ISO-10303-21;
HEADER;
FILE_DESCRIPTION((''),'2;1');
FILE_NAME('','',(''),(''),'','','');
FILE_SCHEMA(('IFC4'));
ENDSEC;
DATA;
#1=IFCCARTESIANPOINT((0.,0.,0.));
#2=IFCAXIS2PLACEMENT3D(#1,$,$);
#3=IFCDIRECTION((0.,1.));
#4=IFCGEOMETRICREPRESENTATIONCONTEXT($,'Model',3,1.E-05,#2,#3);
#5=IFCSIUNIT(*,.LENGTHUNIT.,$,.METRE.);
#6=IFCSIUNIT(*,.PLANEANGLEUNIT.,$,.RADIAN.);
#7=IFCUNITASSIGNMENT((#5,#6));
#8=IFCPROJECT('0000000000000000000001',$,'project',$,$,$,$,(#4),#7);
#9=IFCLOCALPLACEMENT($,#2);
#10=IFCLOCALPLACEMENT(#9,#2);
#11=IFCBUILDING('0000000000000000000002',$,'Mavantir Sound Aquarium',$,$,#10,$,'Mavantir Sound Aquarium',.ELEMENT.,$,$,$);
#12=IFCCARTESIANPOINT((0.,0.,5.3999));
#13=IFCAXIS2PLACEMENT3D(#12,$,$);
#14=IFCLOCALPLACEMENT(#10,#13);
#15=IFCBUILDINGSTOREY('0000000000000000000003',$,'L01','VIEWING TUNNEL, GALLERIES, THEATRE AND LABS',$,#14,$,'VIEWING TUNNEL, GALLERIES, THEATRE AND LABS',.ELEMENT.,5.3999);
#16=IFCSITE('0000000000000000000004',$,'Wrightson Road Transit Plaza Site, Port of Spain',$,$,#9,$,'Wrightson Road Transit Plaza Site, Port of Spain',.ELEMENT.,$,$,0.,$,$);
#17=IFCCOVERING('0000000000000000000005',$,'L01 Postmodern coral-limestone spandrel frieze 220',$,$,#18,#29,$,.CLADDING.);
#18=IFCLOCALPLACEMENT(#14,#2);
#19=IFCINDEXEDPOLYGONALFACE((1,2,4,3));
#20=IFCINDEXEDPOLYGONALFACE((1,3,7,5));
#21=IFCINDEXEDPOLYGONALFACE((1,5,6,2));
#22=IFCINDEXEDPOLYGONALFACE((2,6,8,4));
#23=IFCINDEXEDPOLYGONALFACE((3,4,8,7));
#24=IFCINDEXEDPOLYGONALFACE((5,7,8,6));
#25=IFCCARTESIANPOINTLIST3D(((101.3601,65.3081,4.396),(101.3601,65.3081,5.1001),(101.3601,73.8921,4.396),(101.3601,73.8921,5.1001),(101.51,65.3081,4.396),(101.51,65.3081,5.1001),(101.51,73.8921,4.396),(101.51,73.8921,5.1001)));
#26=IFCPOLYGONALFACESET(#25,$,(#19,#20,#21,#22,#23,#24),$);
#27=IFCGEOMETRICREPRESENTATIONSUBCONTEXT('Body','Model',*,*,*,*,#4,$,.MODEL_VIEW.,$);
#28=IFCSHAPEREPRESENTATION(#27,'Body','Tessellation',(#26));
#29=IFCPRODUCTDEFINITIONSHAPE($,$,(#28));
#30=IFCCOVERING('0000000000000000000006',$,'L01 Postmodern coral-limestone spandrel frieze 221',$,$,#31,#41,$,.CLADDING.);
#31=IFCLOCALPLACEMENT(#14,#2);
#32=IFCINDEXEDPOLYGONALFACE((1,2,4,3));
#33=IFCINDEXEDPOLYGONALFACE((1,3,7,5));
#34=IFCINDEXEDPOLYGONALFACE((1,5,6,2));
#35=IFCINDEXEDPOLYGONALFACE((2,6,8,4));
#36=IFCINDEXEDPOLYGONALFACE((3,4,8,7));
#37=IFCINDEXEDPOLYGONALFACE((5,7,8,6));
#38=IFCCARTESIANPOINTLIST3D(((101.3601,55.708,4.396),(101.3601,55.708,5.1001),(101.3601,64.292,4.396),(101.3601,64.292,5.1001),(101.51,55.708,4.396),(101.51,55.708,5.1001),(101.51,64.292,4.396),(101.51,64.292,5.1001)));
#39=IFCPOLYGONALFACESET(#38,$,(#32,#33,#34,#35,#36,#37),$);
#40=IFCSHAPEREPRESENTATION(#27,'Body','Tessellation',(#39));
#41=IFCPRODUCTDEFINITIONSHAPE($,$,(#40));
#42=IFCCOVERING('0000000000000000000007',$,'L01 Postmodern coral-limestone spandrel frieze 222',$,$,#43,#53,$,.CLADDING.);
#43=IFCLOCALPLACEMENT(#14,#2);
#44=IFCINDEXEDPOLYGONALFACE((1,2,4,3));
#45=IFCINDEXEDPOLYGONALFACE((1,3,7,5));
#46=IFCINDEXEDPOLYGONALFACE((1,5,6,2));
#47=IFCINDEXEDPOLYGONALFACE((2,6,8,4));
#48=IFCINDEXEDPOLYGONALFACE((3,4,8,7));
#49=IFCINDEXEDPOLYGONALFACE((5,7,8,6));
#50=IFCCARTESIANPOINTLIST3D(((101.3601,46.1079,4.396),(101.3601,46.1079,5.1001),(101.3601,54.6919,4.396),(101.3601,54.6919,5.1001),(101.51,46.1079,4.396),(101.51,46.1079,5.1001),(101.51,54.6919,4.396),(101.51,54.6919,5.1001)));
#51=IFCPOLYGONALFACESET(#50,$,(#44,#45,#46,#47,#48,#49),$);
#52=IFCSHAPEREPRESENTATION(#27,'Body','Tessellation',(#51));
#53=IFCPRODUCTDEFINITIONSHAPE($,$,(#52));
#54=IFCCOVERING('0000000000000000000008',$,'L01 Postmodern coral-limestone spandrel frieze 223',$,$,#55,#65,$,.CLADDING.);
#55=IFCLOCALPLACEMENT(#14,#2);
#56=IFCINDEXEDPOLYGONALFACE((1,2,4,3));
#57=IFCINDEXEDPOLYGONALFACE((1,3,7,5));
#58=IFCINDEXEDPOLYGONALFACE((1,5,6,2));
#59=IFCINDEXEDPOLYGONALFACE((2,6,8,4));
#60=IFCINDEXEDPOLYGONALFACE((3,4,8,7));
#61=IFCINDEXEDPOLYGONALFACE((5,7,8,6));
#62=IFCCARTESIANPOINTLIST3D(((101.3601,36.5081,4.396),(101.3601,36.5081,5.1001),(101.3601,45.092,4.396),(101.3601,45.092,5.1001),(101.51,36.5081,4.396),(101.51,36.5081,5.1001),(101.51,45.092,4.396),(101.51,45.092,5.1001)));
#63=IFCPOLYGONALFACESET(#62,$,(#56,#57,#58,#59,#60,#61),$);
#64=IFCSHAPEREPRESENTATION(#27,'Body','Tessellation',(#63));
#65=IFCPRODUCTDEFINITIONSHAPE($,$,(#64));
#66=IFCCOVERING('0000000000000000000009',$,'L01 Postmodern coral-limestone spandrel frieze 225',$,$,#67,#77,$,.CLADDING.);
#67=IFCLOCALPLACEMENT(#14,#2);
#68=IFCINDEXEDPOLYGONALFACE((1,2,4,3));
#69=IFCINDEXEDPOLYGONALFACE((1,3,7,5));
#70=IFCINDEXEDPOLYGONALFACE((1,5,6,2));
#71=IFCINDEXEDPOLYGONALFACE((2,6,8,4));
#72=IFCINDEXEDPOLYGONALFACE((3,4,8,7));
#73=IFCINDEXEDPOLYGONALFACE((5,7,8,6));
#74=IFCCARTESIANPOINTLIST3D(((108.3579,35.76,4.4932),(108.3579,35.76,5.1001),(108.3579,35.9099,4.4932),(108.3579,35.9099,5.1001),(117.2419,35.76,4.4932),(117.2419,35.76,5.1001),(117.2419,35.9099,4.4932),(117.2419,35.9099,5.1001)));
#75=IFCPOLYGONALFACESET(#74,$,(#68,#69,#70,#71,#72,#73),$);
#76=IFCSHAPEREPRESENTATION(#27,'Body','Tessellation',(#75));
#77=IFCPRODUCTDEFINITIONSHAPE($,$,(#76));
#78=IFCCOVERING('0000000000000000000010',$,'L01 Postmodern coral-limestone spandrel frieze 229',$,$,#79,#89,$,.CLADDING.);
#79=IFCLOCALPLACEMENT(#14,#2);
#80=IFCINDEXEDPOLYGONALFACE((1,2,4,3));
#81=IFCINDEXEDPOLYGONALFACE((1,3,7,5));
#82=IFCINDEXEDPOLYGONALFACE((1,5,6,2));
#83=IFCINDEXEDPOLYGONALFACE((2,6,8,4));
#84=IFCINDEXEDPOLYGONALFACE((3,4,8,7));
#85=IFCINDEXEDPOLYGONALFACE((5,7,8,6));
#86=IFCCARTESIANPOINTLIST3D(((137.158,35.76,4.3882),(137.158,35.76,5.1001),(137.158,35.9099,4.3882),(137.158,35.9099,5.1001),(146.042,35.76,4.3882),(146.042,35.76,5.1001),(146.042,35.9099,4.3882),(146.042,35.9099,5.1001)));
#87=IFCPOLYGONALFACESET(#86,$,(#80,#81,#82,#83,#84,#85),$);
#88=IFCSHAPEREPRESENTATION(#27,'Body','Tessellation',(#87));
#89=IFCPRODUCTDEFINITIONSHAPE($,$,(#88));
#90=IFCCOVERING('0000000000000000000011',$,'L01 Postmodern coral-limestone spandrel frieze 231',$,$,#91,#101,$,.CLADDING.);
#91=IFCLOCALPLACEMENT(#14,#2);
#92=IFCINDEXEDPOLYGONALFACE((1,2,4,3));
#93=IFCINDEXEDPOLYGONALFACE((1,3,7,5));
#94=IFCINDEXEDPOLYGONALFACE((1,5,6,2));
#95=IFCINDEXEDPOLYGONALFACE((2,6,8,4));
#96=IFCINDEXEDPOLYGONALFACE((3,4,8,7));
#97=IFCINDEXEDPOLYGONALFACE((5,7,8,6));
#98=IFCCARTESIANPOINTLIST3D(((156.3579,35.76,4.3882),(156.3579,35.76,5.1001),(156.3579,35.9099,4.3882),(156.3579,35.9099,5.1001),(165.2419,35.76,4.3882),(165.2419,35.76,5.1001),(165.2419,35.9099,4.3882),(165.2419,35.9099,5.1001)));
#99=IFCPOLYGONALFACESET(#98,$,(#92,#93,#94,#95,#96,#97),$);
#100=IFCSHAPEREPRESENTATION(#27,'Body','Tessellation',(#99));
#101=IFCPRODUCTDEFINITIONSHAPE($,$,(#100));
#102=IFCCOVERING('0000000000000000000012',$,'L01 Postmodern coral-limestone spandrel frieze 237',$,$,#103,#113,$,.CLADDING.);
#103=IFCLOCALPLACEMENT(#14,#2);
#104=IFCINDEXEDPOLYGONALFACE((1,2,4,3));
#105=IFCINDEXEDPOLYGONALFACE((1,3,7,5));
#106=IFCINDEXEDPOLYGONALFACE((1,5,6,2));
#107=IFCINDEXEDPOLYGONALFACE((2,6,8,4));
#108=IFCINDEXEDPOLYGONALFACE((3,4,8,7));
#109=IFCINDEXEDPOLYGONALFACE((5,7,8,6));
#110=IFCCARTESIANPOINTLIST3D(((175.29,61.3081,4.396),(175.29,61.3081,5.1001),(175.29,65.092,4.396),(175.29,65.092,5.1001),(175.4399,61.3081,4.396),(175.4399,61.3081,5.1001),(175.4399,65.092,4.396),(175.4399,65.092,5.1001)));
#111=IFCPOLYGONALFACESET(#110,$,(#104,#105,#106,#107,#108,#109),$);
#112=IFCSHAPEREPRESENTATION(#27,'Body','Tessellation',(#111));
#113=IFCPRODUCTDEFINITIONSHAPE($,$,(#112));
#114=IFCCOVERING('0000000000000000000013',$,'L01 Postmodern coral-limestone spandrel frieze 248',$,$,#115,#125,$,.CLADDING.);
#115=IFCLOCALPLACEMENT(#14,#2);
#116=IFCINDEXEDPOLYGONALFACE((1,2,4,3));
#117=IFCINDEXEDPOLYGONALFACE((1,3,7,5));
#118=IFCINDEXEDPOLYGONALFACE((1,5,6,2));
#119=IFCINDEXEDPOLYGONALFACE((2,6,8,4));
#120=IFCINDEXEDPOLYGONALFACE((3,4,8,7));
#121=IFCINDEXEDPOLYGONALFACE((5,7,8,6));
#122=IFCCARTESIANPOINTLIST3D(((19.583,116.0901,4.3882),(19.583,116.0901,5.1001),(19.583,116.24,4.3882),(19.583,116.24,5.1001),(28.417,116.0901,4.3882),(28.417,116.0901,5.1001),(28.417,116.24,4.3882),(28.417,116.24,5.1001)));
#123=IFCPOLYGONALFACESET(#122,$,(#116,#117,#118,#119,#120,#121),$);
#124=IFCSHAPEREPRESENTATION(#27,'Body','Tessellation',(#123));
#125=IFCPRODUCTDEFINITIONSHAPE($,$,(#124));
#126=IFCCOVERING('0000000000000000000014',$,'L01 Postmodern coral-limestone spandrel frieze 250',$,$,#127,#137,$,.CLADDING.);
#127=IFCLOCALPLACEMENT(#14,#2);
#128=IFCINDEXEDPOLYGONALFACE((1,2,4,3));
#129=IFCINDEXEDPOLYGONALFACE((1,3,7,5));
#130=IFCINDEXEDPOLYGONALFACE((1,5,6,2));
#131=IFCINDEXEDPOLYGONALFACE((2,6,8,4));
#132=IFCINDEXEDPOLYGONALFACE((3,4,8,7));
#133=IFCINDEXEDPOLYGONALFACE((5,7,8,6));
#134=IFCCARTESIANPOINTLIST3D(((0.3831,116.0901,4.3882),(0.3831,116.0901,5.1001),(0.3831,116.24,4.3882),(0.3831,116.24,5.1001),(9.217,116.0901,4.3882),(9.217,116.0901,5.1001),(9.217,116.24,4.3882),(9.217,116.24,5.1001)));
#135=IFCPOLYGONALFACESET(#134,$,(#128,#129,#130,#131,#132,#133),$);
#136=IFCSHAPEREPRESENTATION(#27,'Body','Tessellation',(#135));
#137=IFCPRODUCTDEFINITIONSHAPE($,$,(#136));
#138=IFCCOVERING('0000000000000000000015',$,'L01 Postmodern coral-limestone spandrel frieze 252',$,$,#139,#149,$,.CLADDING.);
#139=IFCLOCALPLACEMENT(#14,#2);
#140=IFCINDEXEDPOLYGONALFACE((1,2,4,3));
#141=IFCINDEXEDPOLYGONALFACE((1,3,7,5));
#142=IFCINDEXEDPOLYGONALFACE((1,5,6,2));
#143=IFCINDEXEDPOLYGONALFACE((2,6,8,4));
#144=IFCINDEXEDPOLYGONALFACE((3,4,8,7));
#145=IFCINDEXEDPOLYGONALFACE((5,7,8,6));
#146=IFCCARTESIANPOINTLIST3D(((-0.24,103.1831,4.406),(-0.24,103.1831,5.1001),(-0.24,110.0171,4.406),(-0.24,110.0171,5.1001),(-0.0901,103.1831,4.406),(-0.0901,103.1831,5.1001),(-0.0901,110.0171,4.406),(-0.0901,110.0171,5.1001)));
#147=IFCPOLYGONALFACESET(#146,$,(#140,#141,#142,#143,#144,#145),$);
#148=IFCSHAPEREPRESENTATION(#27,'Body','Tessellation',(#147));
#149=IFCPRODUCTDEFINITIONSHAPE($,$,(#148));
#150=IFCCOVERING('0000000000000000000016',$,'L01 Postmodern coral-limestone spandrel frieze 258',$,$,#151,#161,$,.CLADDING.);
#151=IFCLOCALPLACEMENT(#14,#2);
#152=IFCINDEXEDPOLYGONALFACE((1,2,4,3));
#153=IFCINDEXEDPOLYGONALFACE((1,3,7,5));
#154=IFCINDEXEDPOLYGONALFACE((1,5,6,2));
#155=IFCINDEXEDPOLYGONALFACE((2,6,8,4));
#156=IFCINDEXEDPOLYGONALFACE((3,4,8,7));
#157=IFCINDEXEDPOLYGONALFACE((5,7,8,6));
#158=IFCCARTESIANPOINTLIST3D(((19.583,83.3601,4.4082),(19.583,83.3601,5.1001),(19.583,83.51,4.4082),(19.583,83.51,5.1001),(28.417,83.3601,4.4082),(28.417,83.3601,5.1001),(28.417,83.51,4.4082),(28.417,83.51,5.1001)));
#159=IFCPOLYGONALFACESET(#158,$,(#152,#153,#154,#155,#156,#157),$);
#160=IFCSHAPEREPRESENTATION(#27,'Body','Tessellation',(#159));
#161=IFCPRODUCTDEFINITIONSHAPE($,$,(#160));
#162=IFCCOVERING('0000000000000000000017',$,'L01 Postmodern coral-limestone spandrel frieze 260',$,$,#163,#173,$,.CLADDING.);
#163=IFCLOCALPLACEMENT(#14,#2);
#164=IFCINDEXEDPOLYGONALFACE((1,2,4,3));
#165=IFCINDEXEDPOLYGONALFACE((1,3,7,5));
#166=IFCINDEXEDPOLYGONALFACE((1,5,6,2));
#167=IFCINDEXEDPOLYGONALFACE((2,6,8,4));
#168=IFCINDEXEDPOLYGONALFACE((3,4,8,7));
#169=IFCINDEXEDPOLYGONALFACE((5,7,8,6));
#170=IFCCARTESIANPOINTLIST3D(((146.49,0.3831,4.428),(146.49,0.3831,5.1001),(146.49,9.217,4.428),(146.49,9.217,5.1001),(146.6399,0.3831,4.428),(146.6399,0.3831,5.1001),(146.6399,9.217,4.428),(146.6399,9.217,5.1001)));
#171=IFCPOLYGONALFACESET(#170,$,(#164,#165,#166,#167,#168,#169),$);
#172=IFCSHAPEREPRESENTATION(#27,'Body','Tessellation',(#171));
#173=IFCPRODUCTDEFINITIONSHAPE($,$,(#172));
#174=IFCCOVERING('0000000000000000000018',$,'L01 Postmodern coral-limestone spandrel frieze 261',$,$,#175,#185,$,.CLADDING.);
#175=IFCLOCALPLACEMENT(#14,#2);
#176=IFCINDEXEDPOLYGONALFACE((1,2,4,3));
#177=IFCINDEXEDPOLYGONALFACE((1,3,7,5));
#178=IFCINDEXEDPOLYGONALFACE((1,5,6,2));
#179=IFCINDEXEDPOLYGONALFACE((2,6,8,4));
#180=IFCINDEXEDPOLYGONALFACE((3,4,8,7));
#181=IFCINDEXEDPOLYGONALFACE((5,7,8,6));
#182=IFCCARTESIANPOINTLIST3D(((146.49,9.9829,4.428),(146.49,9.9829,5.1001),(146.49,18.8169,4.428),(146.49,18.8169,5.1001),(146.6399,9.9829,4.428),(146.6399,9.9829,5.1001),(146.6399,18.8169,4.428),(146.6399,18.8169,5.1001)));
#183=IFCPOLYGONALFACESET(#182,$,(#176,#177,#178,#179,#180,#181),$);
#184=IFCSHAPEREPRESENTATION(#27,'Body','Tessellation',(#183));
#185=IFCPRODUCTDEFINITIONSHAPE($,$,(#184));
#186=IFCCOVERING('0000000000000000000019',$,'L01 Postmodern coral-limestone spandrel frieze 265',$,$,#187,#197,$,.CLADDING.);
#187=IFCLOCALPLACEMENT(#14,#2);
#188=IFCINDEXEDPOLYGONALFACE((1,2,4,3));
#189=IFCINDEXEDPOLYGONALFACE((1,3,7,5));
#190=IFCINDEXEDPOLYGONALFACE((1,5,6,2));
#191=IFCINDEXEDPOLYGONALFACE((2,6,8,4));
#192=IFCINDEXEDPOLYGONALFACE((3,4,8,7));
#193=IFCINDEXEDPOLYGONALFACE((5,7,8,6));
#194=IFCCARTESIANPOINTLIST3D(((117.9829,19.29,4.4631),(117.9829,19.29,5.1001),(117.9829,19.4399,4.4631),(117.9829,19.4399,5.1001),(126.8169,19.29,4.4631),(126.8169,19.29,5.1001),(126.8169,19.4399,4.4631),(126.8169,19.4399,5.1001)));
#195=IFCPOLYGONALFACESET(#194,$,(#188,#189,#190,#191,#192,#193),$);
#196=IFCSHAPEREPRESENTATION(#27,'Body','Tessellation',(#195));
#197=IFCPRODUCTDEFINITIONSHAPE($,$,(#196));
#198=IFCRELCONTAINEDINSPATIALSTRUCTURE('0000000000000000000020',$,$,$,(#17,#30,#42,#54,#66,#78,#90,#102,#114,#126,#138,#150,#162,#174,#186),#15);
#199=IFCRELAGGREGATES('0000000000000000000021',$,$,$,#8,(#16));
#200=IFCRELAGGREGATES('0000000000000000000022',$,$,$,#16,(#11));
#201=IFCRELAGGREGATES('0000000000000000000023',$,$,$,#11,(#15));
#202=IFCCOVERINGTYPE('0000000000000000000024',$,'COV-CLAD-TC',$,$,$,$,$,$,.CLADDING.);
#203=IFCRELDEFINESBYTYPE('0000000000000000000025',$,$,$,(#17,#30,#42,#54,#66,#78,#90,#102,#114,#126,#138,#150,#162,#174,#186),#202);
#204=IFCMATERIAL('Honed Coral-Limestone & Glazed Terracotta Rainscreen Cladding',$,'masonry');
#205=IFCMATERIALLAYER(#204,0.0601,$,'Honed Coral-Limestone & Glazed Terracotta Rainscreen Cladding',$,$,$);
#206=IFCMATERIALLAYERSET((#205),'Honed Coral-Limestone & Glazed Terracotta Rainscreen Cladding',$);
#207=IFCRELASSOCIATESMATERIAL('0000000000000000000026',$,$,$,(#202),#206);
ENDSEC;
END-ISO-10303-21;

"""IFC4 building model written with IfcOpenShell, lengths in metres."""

from ifc_helpers import new_model, si_unit, direction, frame, origin, place, context, subcontext, project, spatial, polyline, outline, extrude, material, layer, layer_set, type_object, element, save


model = new_model("IFC4")

# Units and contexts
model_context = context("Model", 3, precision=1e-05, world=origin(), true_north=direction((0.0, 1.0)))
body_context = subcontext(model_context, "Body", "Model", "MODEL_VIEW")
ifc_project = project(units=[si_unit("LENGTHUNIT", "METRE"), si_unit("PLANEANGLEUNIT", "RADIAN")], contexts=[model_context])

# Site, building, storey
site_placement = place(None, origin())
site = spatial("IfcSite", under=ifc_project, at=site_placement, Name="Wrightson Road Transit Plaza Site, Port of Spain", LongName="Wrightson Road Transit Plaza Site, Port of Spain", CompositionType="ELEMENT", RefElevation=0.0)
building_placement = place(site_placement, origin())
building = spatial("IfcBuilding", under=site, at=building_placement, Name="Mavantir Sound Aquarium", LongName="Mavantir Sound Aquarium", CompositionType="ELEMENT")
storey_placement = place(building_placement, frame((0.0, 0.0, 5.3999)))
storey = spatial("IfcBuildingStorey", under=building, at=storey_placement, Name="L01", Description="VIEWING TUNNEL, GALLERIES, THEATRE AND LABS", LongName="VIEWING TUNNEL, GALLERIES, THEATRE AND LABS", CompositionType="ELEMENT", Elevation=5.3999)

# Coverings
ifc_material = material(Name="Honed Coral-Limestone & Glazed Terracotta Rainscreen Cladding", Category="masonry")
ifc_layer = layer(ifc_material, 0.0601, Name="Honed Coral-Limestone & Glazed Terracotta Rainscreen Cladding")
ifc_layer_set = layer_set([ifc_layer], Name="Honed Coral-Limestone & Glazed Terracotta Rainscreen Cladding")
covering_type = type_object("IfcCoveringType", Name="COV-CLAD-TC", PredefinedType="CLADDING", material=ifc_layer_set)
covering_1_placement = place(storey_placement, frame((0.0, 0.0, 4.396)))
element("IfcCovering", 1, at=covering_1_placement, inside=storey, type_object=covering_type, Name="L01 Postmodern coral-limestone spandrel frieze 220", PredefinedType="CLADDING", context=body_context, shape_type="SweptSolid", body=[
    extrude(outline(polyline([(101.51, 73.8921), (101.51, 65.3081), (101.3601, 65.3081), (101.3601, 73.8921), (101.51, 73.8921)])), origin(), (0.0, 0.0, 1.0), 0.7041),
])
covering_2_placement = place(storey_placement, frame((0.0, 0.0, 4.396)))
element("IfcCovering", 2, at=covering_2_placement, inside=storey, type_object=covering_type, Name="L01 Postmodern coral-limestone spandrel frieze 221", PredefinedType="CLADDING", context=body_context, shape_type="SweptSolid", body=[
    extrude(outline(polyline([(101.51, 64.292), (101.51, 55.708), (101.3601, 55.708), (101.3601, 64.292), (101.51, 64.292)])), origin(), (0.0, 0.0, 1.0), 0.7041),
])
covering_3_placement = place(storey_placement, frame((0.0, 0.0, 4.396)))
element("IfcCovering", 3, at=covering_3_placement, inside=storey, type_object=covering_type, Name="L01 Postmodern coral-limestone spandrel frieze 222", PredefinedType="CLADDING", context=body_context, shape_type="SweptSolid", body=[
    extrude(outline(polyline([(101.51, 54.6919), (101.51, 46.1079), (101.3601, 46.1079), (101.3601, 54.6919), (101.51, 54.6919)])), origin(), (0.0, 0.0, 1.0), 0.7041),
])
covering_4_placement = place(storey_placement, frame((0.0, 0.0, 4.396)))
element("IfcCovering", 4, at=covering_4_placement, inside=storey, type_object=covering_type, Name="L01 Postmodern coral-limestone spandrel frieze 223", PredefinedType="CLADDING", context=body_context, shape_type="SweptSolid", body=[
    extrude(outline(polyline([(101.51, 45.092), (101.51, 36.5081), (101.3601, 36.5081), (101.3601, 45.092), (101.51, 45.092)])), origin(), (0.0, 0.0, 1.0), 0.7041),
])
covering_5_placement = place(storey_placement, frame((0.0, 0.0, 4.4932)))
element("IfcCovering", 5, at=covering_5_placement, inside=storey, type_object=covering_type, Name="L01 Postmodern coral-limestone spandrel frieze 225", PredefinedType="CLADDING", context=body_context, shape_type="SweptSolid", body=[
    extrude(outline(polyline([(108.3579, 35.9099), (117.2419, 35.9099), (117.2419, 35.76), (108.3579, 35.76), (108.3579, 35.9099)])), origin(), (0.0, 0.0, 1.0), 0.6069),
])
covering_6_placement = place(storey_placement, frame((0.0, 0.0, 4.3882)))
element("IfcCovering", 6, at=covering_6_placement, inside=storey, type_object=covering_type, Name="L01 Postmodern coral-limestone spandrel frieze 229", PredefinedType="CLADDING", context=body_context, shape_type="SweptSolid", body=[
    extrude(outline(polyline([(137.158, 35.9099), (146.042, 35.9099), (146.042, 35.76), (137.158, 35.76), (137.158, 35.9099)])), origin(), (0.0, 0.0, 1.0), 0.7119),
])
covering_7_placement = place(storey_placement, frame((0.0, 0.0, 4.3882)))
element("IfcCovering", 7, at=covering_7_placement, inside=storey, type_object=covering_type, Name="L01 Postmodern coral-limestone spandrel frieze 231", PredefinedType="CLADDING", context=body_context, shape_type="SweptSolid", body=[
    extrude(outline(polyline([(156.3579, 35.9099), (165.2419, 35.9099), (165.2419, 35.76), (156.3579, 35.76), (156.3579, 35.9099)])), origin(), (0.0, 0.0, 1.0), 0.7119),
])
covering_8_placement = place(storey_placement, frame((0.0, 0.0, 4.396)))
element("IfcCovering", 8, at=covering_8_placement, inside=storey, type_object=covering_type, Name="L01 Postmodern coral-limestone spandrel frieze 237", PredefinedType="CLADDING", context=body_context, shape_type="SweptSolid", body=[
    extrude(outline(polyline([(175.29, 61.3081), (175.29, 65.092), (175.4399, 65.092), (175.4399, 61.3081), (175.29, 61.3081)])), origin(), (0.0, 0.0, 1.0), 0.7041),
])
covering_9_placement = place(storey_placement, frame((0.0, 0.0, 4.3882)))
element("IfcCovering", 9, at=covering_9_placement, inside=storey, type_object=covering_type, Name="L01 Postmodern coral-limestone spandrel frieze 248", PredefinedType="CLADDING", context=body_context, shape_type="SweptSolid", body=[
    extrude(outline(polyline([(28.417, 116.0901), (19.583, 116.0901), (19.583, 116.24), (28.417, 116.24), (28.417, 116.0901)])), origin(), (0.0, 0.0, 1.0), 0.7119),
])
covering_10_placement = place(storey_placement, frame((0.0, 0.0, 4.3882)))
element("IfcCovering", 10, at=covering_10_placement, inside=storey, type_object=covering_type, Name="L01 Postmodern coral-limestone spandrel frieze 250", PredefinedType="CLADDING", context=body_context, shape_type="SweptSolid", body=[
    extrude(outline(polyline([(9.217, 116.0901), (0.3831, 116.0901), (0.3831, 116.24), (9.217, 116.24), (9.217, 116.0901)])), origin(), (0.0, 0.0, 1.0), 0.7119),
])
covering_11_placement = place(storey_placement, frame((0.0, 0.0, 4.406)))
element("IfcCovering", 11, at=covering_11_placement, inside=storey, type_object=covering_type, Name="L01 Postmodern coral-limestone spandrel frieze 252", PredefinedType="CLADDING", context=body_context, shape_type="SweptSolid", body=[
    extrude(outline(polyline([(-0.0901, 110.0171), (-0.0901, 103.1831), (-0.24, 103.1831), (-0.24, 110.0171), (-0.0901, 110.0171)])), origin(), (0.0, 0.0, 1.0), 0.6941),
])
covering_12_placement = place(storey_placement, frame((0.0, 0.0, 4.4082)))
element("IfcCovering", 12, at=covering_12_placement, inside=storey, type_object=covering_type, Name="L01 Postmodern coral-limestone spandrel frieze 258", PredefinedType="CLADDING", context=body_context, shape_type="SweptSolid", body=[
    extrude(outline(polyline([(19.583, 83.51), (28.417, 83.51), (28.417, 83.3601), (19.583, 83.3601), (19.583, 83.51)])), origin(), (0.0, 0.0, 1.0), 0.6919),
])
covering_13_placement = place(storey_placement, frame((0.0, 0.0, 4.428)))
element("IfcCovering", 13, at=covering_13_placement, inside=storey, type_object=covering_type, Name="L01 Postmodern coral-limestone spandrel frieze 260", PredefinedType="CLADDING", context=body_context, shape_type="SweptSolid", body=[
    extrude(outline(polyline([(146.49, 0.3831), (146.49, 9.217), (146.6399, 9.217), (146.6399, 0.3831), (146.49, 0.3831)])), origin(), (0.0, 0.0, 1.0), 0.6721),
])
covering_14_placement = place(storey_placement, frame((0.0, 0.0, 4.428)))
element("IfcCovering", 14, at=covering_14_placement, inside=storey, type_object=covering_type, Name="L01 Postmodern coral-limestone spandrel frieze 261", PredefinedType="CLADDING", context=body_context, shape_type="SweptSolid", body=[
    extrude(outline(polyline([(146.49, 9.9829), (146.49, 18.8169), (146.6399, 18.8169), (146.6399, 9.9829), (146.49, 9.9829)])), origin(), (0.0, 0.0, 1.0), 0.6721),
])
covering_15_placement = place(storey_placement, frame((0.0, 0.0, 4.4631)))
element("IfcCovering", 15, at=covering_15_placement, inside=storey, type_object=covering_type, Name="L01 Postmodern coral-limestone spandrel frieze 265", PredefinedType="CLADDING", context=body_context, shape_type="SweptSolid", body=[
    extrude(outline(polyline([(126.8169, 19.29), (117.9829, 19.29), (117.9829, 19.4399), (126.8169, 19.4399), (126.8169, 19.29)])), origin(), (0.0, 0.0, 1.0), 0.637),
])

save(model, "model.ifc")
